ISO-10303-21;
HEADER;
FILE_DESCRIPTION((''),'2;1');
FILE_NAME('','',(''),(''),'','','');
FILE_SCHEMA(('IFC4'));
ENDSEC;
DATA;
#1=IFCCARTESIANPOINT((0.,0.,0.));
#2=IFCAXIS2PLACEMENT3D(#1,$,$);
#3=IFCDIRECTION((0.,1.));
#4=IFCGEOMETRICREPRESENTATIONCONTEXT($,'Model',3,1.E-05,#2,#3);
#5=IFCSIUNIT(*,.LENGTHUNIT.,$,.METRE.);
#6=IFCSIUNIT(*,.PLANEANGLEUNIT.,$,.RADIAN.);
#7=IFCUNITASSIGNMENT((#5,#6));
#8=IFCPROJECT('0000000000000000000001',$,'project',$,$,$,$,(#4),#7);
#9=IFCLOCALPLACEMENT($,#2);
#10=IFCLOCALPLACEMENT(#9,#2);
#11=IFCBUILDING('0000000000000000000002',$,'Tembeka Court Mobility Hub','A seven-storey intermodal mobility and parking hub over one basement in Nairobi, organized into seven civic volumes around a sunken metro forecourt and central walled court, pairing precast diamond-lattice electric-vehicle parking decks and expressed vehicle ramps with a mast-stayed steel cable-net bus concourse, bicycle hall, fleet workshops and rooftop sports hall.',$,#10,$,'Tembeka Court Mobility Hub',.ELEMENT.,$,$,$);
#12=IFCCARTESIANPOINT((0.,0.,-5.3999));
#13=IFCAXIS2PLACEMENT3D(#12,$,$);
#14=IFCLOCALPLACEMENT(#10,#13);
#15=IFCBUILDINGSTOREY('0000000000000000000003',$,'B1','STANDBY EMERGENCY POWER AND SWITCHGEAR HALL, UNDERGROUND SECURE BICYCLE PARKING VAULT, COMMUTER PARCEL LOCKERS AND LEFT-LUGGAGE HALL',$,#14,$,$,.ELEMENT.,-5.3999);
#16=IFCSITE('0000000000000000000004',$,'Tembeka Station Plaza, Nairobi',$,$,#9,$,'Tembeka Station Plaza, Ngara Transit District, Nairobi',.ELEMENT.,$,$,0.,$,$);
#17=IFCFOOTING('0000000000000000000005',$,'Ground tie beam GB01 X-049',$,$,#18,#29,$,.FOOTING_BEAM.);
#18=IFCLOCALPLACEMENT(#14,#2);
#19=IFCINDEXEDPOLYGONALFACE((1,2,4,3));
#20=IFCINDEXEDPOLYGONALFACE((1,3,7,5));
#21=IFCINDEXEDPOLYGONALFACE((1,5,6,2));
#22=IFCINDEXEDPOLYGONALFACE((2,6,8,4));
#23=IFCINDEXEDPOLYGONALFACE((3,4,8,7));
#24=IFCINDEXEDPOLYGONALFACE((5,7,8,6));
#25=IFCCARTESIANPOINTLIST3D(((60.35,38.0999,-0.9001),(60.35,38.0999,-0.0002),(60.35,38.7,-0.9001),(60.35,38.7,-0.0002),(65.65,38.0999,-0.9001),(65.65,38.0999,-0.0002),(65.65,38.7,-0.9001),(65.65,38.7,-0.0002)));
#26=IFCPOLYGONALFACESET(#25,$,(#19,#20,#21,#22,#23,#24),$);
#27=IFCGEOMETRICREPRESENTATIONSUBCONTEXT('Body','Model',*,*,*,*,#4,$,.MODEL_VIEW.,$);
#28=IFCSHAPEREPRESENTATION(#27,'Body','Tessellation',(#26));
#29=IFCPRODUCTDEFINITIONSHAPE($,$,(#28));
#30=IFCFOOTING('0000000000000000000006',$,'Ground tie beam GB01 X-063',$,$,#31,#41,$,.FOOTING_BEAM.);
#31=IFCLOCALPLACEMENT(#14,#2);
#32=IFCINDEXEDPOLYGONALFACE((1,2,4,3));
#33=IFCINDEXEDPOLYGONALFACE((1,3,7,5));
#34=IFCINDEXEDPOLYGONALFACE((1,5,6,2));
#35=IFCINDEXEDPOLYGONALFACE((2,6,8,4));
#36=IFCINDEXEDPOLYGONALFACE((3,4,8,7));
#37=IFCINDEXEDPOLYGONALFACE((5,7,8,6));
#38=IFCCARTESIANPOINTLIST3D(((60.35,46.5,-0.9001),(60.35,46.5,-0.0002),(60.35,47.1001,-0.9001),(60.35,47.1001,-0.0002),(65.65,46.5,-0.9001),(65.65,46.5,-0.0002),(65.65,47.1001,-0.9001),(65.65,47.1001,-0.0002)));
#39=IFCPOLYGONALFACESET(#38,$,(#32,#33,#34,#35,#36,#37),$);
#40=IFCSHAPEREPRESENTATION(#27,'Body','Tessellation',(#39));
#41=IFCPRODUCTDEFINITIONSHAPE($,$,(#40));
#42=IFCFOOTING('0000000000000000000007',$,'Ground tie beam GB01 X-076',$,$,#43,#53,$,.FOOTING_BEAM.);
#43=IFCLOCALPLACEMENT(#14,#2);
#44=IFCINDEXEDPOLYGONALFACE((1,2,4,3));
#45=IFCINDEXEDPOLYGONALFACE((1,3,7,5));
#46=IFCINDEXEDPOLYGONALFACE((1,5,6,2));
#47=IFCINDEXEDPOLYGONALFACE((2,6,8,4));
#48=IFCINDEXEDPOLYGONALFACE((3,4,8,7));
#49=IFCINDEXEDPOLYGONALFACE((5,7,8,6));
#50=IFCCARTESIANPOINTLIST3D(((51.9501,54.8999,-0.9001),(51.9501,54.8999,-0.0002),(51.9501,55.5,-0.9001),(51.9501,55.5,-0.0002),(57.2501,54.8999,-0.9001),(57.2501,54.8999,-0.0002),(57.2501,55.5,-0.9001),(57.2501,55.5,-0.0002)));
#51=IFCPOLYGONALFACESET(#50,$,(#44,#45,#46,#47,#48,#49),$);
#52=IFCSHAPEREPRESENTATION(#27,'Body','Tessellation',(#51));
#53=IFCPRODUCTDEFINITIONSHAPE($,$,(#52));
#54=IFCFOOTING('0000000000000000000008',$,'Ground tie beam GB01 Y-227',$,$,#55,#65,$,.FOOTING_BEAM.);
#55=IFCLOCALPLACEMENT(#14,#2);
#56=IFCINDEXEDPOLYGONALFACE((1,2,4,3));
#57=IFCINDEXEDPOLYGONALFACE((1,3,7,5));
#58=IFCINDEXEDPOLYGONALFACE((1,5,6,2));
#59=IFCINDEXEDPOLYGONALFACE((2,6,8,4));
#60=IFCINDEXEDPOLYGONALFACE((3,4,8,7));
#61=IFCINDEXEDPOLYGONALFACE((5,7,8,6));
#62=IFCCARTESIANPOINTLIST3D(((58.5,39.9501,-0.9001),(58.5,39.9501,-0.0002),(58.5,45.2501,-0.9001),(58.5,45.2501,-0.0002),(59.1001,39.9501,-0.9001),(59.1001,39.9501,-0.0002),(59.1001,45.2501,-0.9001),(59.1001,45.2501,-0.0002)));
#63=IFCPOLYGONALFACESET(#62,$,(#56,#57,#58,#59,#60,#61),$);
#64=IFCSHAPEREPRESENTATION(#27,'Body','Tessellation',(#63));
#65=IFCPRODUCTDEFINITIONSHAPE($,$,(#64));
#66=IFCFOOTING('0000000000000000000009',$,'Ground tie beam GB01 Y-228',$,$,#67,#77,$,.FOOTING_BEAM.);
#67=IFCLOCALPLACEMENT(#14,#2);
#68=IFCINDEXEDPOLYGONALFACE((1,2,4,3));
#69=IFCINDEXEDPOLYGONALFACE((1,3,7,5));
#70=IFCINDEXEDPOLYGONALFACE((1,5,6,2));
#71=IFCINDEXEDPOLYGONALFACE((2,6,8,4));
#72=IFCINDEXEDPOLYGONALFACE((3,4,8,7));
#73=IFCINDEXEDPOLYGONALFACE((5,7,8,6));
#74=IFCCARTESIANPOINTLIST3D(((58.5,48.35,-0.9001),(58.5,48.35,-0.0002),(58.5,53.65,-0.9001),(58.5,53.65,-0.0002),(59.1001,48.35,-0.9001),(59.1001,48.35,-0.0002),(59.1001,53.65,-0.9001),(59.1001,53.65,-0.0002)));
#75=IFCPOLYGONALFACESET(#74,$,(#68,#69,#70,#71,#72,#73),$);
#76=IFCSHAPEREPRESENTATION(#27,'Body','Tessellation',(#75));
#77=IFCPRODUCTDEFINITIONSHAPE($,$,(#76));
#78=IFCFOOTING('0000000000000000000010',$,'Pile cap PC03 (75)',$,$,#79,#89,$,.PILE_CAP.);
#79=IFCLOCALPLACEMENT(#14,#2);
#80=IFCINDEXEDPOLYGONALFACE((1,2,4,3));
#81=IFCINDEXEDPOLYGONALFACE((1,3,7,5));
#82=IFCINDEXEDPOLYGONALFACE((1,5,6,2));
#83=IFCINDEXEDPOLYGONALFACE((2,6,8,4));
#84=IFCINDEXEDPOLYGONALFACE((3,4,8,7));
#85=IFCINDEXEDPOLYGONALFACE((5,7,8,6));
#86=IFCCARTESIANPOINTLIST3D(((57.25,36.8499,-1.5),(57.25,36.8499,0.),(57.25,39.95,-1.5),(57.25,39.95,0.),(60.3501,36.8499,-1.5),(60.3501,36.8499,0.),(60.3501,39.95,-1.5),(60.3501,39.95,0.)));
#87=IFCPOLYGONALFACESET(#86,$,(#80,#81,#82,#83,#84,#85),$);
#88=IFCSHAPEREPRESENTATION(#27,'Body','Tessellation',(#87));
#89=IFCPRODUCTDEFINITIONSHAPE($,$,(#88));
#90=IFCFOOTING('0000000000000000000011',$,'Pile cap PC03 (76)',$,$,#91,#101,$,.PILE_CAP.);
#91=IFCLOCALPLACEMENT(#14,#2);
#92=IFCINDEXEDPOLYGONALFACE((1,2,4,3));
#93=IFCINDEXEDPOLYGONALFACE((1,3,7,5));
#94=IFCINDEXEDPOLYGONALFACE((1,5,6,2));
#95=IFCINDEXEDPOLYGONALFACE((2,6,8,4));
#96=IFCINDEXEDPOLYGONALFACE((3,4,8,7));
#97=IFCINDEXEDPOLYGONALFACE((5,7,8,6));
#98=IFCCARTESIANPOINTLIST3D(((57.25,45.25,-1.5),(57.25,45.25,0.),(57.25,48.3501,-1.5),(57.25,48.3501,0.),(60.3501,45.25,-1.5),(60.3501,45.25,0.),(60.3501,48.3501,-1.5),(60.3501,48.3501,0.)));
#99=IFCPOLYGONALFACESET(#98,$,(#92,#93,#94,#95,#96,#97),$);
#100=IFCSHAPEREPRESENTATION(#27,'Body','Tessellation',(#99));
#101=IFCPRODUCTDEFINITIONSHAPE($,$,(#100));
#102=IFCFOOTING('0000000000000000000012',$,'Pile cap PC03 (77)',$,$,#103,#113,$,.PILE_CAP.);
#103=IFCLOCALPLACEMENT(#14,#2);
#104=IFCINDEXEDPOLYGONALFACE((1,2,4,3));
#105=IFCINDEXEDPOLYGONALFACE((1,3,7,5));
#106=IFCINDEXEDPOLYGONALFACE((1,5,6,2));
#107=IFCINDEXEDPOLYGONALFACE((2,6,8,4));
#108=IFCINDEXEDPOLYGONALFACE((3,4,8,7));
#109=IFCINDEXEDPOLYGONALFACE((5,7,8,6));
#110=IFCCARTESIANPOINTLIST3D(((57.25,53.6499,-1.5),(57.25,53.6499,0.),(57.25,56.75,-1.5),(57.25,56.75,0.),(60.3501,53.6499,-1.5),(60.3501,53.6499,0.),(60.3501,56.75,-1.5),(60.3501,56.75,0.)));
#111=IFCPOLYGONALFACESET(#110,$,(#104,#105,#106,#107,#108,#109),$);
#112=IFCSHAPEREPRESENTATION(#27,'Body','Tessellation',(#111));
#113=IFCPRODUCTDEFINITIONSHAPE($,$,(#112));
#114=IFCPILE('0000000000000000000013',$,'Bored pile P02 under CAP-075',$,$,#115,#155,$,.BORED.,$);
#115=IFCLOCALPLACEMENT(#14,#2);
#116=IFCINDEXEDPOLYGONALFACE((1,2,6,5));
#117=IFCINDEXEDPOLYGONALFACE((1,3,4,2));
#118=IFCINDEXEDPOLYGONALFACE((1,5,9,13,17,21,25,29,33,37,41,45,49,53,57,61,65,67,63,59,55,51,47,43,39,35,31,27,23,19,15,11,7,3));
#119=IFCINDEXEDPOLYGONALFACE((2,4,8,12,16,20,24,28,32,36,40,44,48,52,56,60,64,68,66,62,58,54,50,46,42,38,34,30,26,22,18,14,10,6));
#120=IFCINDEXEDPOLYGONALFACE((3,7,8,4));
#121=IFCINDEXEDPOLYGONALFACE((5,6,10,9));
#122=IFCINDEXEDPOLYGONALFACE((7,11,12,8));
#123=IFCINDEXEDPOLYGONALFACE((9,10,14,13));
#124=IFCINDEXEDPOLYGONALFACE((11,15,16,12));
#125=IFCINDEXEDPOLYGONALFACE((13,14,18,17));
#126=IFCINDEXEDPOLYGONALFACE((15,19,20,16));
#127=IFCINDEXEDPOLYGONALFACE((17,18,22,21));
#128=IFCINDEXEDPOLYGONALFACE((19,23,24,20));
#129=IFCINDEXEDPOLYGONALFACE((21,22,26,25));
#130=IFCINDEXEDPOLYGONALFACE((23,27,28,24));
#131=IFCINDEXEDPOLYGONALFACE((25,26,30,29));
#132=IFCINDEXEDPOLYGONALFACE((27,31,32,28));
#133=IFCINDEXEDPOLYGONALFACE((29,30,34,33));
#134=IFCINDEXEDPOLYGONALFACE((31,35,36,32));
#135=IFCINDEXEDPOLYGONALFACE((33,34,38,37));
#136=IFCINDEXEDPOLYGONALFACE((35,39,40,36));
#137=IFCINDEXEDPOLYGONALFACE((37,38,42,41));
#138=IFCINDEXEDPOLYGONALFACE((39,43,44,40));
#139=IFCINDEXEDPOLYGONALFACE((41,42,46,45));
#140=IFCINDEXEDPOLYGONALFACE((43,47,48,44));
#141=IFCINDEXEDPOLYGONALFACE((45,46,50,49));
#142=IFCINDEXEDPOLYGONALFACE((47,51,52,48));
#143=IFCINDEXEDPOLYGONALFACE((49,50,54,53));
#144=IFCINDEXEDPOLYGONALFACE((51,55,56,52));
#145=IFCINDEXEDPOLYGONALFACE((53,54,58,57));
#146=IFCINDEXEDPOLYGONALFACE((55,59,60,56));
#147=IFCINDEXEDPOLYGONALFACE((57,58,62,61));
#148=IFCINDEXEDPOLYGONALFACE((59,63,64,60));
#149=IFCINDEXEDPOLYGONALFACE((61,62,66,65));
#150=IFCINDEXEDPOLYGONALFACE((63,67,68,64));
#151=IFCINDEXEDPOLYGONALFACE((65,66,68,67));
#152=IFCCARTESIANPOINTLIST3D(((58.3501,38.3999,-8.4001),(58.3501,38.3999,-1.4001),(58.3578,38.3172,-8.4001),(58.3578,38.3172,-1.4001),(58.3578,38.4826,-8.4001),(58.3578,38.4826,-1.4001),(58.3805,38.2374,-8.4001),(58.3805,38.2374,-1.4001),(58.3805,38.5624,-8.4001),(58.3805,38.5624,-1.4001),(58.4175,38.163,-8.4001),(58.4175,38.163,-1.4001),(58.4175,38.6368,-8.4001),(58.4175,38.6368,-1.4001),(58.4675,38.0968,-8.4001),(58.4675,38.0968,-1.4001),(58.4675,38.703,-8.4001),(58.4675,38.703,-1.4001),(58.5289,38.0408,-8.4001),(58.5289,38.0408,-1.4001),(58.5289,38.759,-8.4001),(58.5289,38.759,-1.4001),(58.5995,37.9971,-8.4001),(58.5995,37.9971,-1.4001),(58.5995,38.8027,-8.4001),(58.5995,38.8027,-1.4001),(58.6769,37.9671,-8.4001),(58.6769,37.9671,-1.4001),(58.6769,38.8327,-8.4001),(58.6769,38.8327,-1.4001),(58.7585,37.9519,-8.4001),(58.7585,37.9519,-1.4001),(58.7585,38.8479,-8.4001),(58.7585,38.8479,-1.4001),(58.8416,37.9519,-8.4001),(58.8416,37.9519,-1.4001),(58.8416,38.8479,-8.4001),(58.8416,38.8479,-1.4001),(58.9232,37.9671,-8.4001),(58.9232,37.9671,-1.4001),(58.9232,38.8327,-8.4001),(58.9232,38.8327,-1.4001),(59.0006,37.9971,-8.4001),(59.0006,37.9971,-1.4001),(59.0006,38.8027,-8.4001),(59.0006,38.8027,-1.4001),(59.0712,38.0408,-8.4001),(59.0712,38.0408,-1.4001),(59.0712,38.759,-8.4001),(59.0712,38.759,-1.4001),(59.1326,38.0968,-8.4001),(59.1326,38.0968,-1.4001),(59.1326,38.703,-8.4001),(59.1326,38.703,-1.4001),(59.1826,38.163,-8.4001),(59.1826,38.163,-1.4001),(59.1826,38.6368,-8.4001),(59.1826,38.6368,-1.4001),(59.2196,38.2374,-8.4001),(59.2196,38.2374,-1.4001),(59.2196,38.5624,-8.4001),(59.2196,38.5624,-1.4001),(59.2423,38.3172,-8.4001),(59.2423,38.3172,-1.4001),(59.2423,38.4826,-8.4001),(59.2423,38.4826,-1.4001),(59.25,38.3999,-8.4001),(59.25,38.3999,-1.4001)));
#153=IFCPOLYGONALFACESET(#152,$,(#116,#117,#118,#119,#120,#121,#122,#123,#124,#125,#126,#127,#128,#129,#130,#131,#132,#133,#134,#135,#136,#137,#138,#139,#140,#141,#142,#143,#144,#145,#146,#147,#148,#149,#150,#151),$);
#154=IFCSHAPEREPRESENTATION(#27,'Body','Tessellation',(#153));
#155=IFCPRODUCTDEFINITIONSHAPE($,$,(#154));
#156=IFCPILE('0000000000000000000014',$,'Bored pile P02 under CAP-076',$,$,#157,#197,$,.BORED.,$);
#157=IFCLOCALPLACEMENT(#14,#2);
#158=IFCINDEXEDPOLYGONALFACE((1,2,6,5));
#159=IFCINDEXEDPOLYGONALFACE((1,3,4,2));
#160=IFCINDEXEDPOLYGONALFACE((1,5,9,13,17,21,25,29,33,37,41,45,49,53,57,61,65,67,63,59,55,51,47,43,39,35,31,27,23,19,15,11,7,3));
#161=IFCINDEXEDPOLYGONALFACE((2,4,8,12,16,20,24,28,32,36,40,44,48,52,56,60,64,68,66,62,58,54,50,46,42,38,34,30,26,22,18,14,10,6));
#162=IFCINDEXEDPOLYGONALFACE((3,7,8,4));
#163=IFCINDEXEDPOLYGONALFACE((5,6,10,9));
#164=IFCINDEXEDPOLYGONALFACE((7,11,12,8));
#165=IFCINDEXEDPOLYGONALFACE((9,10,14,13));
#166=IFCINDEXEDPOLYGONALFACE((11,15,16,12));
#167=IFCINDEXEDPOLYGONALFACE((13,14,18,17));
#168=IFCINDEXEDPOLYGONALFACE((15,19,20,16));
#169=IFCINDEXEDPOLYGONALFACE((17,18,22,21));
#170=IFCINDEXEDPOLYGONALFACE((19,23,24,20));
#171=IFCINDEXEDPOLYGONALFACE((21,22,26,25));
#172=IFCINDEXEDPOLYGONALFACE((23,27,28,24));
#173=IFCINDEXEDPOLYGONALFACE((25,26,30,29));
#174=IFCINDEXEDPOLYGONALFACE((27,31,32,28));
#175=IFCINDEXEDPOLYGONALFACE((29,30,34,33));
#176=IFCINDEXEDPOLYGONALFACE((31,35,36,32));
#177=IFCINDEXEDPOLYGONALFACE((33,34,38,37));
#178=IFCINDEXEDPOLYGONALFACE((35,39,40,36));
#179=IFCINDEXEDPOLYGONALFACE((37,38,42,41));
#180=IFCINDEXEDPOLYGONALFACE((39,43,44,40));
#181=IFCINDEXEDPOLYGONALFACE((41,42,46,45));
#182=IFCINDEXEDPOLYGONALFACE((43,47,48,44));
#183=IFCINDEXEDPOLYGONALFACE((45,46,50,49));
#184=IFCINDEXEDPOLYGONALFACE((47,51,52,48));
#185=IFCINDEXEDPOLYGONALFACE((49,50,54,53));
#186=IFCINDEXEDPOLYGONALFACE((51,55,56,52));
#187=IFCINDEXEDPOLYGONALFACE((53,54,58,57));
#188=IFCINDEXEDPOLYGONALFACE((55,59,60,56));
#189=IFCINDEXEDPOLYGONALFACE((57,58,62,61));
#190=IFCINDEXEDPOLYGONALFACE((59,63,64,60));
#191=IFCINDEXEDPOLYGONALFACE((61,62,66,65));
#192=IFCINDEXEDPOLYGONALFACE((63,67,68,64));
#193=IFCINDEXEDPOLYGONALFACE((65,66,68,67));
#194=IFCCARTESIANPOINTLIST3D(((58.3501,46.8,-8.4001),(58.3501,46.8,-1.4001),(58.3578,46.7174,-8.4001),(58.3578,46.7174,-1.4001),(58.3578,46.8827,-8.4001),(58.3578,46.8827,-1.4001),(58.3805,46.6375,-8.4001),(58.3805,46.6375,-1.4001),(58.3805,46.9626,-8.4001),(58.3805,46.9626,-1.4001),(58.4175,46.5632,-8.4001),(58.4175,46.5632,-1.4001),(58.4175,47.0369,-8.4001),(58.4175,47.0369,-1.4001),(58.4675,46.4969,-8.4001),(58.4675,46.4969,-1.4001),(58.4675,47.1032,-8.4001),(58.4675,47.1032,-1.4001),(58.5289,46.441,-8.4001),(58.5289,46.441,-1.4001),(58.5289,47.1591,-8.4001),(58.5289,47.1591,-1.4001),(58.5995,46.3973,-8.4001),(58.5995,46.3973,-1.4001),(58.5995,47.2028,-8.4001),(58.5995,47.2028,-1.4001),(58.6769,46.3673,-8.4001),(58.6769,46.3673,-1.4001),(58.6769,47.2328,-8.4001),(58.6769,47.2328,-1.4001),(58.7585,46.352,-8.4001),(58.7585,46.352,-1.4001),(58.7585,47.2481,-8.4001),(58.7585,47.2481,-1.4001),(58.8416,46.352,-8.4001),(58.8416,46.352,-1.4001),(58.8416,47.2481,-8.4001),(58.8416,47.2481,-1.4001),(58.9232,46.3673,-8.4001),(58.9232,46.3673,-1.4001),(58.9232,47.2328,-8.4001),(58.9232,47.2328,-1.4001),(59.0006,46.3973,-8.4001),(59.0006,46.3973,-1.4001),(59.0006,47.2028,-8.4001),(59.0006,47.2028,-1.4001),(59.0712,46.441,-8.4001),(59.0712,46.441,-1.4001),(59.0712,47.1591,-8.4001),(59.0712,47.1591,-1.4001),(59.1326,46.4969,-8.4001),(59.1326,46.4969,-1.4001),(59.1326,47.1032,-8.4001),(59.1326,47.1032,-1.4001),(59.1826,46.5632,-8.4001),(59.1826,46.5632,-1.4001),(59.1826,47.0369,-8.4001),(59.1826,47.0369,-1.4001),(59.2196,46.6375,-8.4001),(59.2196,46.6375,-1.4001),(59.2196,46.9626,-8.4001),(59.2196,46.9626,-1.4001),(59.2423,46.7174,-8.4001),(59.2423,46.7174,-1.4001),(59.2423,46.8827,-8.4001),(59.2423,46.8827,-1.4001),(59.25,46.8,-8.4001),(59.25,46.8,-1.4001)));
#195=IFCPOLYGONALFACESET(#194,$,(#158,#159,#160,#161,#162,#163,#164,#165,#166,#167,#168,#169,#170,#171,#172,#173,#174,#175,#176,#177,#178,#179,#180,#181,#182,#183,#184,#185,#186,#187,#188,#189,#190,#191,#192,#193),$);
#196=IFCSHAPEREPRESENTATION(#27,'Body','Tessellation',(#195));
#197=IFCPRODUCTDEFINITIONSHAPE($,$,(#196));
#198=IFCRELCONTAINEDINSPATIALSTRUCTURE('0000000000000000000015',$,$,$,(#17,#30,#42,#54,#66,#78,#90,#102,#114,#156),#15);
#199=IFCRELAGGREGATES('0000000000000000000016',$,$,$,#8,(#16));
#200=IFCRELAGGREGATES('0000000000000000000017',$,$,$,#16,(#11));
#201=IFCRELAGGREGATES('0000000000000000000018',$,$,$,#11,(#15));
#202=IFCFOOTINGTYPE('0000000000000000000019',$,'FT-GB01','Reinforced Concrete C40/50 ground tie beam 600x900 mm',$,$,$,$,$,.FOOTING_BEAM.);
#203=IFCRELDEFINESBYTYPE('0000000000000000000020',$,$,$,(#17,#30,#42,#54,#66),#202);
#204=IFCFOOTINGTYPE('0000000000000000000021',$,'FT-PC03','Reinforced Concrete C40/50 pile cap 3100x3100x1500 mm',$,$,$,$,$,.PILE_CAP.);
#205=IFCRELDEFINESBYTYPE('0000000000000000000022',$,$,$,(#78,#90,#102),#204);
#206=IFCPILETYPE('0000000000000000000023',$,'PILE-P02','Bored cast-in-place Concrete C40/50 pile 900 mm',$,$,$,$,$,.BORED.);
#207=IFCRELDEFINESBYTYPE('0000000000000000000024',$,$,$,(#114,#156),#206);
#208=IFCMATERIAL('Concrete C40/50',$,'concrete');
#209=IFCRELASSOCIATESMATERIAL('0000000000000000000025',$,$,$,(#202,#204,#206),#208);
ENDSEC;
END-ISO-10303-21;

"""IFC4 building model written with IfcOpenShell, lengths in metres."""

from ifc_helpers import new_model, si_unit, direction, frame, origin, origin_2d, place, context, subcontext, project, spatial, rectangle, circle, extrude, material, material_profile, profile_set, type_object, element, save


model = new_model("IFC4")

# Units and contexts
model_context = context("Model", 3, precision=1e-05, world=origin(), true_north=direction((0.0, 1.0)))
body_context = subcontext(model_context, "Body", "Model", "MODEL_VIEW")
ifc_project = project(units=[si_unit("LENGTHUNIT", "METRE"), si_unit("PLANEANGLEUNIT", "RADIAN")], contexts=[model_context])

# Site, building, storey
site_placement = place(None, origin())
site = spatial("IfcSite", under=ifc_project, at=site_placement, Name="Tembeka Station Plaza, Nairobi", LongName="Tembeka Station Plaza, Ngara Transit District, Nairobi", CompositionType="ELEMENT", RefElevation=0.0)
building_placement = place(site_placement, origin())
building = spatial("IfcBuilding", under=site, at=building_placement, Name="Tembeka Court Mobility Hub", Description="A seven-storey intermodal mobility and parking hub over one basement in Nairobi, organized into seven civic volumes around a sunken metro forecourt and central walled court, pairing precast diamond-lattice electric-vehicle parking decks and expressed vehicle ramps with a mast-stayed steel cable-net bus concourse, bicycle hall, fleet workshops and rooftop sports hall.", LongName="Tembeka Court Mobility Hub", CompositionType="ELEMENT")
storey_placement = place(building_placement, frame((0.0, 0.0, -5.3999)))
storey = spatial("IfcBuildingStorey", under=building, at=storey_placement, Name="B1", Description="STANDBY EMERGENCY POWER AND SWITCHGEAR HALL, UNDERGROUND SECURE BICYCLE PARKING VAULT, COMMUTER PARCEL LOCKERS AND LEFT-LUGGAGE HALL", CompositionType="ELEMENT", Elevation=-5.3999)

# Footings
ifc_material_1 = material(Name="Concrete C40/50", Category="concrete")
footing_type_1 = type_object("IfcFootingType", Name="FT-GB01", Description="Reinforced Concrete C40/50 ground tie beam 600x900 mm", PredefinedType="FOOTING_BEAM", material=ifc_material_1)
for number, where, z_axis, x_axis, name in (
    (1, (63.0, 38.3999, -0.9001), (0.0, 0.0, 1.0), (1.0, 0.0, 0.0), "Ground tie beam GB01 X-049"),
    (2, (63.0, 46.8, -0.9001), (0.0, 0.0, 1.0), (1.0, 0.0, 0.0), "Ground tie beam GB01 X-063"),
    (3, (54.6001, 55.2, -0.9001), (0.0, 0.0, 1.0), (1.0, 0.0, 0.0), "Ground tie beam GB01 X-076"),
    (4, (58.8, 42.6001, -0.9001), (0.0, 0.0, 1.0), (0.0, 1.0, 0.0), "Ground tie beam GB01 Y-227"),
    (5, (58.8, 51.0, -0.9001), (0.0, 0.0, 1.0), (0.0, 1.0, 0.0), "Ground tie beam GB01 Y-228"),
):
    element("IfcFooting", number, at=place(storey_placement, frame(where, z_axis=z_axis, x_axis=x_axis)), inside=storey, type_object=footing_type_1, Name=name, PredefinedType="FOOTING_BEAM", context=body_context, shape_type="SweptSolid", body=[
        extrude(rectangle(XDim=5.3, YDim=0.6001, at=origin_2d()), origin(), (0.0, 0.0, 1.0), 0.8999),
    ])
footing_type_2 = type_object("IfcFootingType", Name="FT-PC03", Description="Reinforced Concrete C40/50 pile cap 3100x3100x1500 mm", PredefinedType="PILE_CAP", material=ifc_material_1)
for number, where, z_axis, x_axis, name in (
    (6, (58.8, 38.3999, -1.5), (0.0, 0.0, 1.0), (1.0, 0.0, 0.0), "Pile cap PC03 (75)"),
    (7, (58.8, 46.8, -1.5), (0.0, 0.0, 1.0), (1.0, 0.0, 0.0), "Pile cap PC03 (76)"),
    (8, (58.8, 55.2, -1.5), (0.0, 0.0, 1.0), (1.0, 0.0, 0.0), "Pile cap PC03 (77)"),
):
    element("IfcFooting", number, at=place(storey_placement, frame(where, z_axis=z_axis, x_axis=x_axis)), inside=storey, type_object=footing_type_2, Name=name, PredefinedType="PILE_CAP", context=body_context, shape_type="SweptSolid", body=[
        extrude(rectangle(XDim=3.1001, YDim=3.1001, at=origin_2d()), origin(), (0.0, 0.0, 1.0), 1.5),
    ])

# Piles
ifc_material_profile_1 = material_profile(ifc_material_1, circle(Radius=0.45, at=origin_2d()), Name="PILE D900")
ifc_profile_set_1 = profile_set([ifc_material_profile_1], Name="Concrete C40/50")
pile_type = type_object("IfcPileType", Name="PILE-P02", Description="Bored cast-in-place Concrete C40/50 pile 900 mm", PredefinedType="BORED", material=ifc_profile_set_1)
for number, where, z_axis, x_axis, name in (
    (9, (58.8, 38.3999, -1.4001), (0.0, 0.0, -1.0), (1.0, 0.0, 0.0), "Bored pile P02 under CAP-075"),
    (10, (58.8, 46.8, -1.4001), (0.0, 0.0, -1.0), (1.0, 0.0, 0.0), "Bored pile P02 under CAP-076"),
):
    element("IfcPile", number, at=place(storey_placement, frame(where, z_axis=z_axis, x_axis=x_axis)), inside=storey, type_object=pile_type, Name=name, PredefinedType="BORED", context=body_context, shape_type="SweptSolid", body=[
        extrude(circle(Radius=0.45, at=origin_2d()), origin(), (0.0, 0.0, 1.0), 7.0),
    ])

save(model, "model.ifc")
